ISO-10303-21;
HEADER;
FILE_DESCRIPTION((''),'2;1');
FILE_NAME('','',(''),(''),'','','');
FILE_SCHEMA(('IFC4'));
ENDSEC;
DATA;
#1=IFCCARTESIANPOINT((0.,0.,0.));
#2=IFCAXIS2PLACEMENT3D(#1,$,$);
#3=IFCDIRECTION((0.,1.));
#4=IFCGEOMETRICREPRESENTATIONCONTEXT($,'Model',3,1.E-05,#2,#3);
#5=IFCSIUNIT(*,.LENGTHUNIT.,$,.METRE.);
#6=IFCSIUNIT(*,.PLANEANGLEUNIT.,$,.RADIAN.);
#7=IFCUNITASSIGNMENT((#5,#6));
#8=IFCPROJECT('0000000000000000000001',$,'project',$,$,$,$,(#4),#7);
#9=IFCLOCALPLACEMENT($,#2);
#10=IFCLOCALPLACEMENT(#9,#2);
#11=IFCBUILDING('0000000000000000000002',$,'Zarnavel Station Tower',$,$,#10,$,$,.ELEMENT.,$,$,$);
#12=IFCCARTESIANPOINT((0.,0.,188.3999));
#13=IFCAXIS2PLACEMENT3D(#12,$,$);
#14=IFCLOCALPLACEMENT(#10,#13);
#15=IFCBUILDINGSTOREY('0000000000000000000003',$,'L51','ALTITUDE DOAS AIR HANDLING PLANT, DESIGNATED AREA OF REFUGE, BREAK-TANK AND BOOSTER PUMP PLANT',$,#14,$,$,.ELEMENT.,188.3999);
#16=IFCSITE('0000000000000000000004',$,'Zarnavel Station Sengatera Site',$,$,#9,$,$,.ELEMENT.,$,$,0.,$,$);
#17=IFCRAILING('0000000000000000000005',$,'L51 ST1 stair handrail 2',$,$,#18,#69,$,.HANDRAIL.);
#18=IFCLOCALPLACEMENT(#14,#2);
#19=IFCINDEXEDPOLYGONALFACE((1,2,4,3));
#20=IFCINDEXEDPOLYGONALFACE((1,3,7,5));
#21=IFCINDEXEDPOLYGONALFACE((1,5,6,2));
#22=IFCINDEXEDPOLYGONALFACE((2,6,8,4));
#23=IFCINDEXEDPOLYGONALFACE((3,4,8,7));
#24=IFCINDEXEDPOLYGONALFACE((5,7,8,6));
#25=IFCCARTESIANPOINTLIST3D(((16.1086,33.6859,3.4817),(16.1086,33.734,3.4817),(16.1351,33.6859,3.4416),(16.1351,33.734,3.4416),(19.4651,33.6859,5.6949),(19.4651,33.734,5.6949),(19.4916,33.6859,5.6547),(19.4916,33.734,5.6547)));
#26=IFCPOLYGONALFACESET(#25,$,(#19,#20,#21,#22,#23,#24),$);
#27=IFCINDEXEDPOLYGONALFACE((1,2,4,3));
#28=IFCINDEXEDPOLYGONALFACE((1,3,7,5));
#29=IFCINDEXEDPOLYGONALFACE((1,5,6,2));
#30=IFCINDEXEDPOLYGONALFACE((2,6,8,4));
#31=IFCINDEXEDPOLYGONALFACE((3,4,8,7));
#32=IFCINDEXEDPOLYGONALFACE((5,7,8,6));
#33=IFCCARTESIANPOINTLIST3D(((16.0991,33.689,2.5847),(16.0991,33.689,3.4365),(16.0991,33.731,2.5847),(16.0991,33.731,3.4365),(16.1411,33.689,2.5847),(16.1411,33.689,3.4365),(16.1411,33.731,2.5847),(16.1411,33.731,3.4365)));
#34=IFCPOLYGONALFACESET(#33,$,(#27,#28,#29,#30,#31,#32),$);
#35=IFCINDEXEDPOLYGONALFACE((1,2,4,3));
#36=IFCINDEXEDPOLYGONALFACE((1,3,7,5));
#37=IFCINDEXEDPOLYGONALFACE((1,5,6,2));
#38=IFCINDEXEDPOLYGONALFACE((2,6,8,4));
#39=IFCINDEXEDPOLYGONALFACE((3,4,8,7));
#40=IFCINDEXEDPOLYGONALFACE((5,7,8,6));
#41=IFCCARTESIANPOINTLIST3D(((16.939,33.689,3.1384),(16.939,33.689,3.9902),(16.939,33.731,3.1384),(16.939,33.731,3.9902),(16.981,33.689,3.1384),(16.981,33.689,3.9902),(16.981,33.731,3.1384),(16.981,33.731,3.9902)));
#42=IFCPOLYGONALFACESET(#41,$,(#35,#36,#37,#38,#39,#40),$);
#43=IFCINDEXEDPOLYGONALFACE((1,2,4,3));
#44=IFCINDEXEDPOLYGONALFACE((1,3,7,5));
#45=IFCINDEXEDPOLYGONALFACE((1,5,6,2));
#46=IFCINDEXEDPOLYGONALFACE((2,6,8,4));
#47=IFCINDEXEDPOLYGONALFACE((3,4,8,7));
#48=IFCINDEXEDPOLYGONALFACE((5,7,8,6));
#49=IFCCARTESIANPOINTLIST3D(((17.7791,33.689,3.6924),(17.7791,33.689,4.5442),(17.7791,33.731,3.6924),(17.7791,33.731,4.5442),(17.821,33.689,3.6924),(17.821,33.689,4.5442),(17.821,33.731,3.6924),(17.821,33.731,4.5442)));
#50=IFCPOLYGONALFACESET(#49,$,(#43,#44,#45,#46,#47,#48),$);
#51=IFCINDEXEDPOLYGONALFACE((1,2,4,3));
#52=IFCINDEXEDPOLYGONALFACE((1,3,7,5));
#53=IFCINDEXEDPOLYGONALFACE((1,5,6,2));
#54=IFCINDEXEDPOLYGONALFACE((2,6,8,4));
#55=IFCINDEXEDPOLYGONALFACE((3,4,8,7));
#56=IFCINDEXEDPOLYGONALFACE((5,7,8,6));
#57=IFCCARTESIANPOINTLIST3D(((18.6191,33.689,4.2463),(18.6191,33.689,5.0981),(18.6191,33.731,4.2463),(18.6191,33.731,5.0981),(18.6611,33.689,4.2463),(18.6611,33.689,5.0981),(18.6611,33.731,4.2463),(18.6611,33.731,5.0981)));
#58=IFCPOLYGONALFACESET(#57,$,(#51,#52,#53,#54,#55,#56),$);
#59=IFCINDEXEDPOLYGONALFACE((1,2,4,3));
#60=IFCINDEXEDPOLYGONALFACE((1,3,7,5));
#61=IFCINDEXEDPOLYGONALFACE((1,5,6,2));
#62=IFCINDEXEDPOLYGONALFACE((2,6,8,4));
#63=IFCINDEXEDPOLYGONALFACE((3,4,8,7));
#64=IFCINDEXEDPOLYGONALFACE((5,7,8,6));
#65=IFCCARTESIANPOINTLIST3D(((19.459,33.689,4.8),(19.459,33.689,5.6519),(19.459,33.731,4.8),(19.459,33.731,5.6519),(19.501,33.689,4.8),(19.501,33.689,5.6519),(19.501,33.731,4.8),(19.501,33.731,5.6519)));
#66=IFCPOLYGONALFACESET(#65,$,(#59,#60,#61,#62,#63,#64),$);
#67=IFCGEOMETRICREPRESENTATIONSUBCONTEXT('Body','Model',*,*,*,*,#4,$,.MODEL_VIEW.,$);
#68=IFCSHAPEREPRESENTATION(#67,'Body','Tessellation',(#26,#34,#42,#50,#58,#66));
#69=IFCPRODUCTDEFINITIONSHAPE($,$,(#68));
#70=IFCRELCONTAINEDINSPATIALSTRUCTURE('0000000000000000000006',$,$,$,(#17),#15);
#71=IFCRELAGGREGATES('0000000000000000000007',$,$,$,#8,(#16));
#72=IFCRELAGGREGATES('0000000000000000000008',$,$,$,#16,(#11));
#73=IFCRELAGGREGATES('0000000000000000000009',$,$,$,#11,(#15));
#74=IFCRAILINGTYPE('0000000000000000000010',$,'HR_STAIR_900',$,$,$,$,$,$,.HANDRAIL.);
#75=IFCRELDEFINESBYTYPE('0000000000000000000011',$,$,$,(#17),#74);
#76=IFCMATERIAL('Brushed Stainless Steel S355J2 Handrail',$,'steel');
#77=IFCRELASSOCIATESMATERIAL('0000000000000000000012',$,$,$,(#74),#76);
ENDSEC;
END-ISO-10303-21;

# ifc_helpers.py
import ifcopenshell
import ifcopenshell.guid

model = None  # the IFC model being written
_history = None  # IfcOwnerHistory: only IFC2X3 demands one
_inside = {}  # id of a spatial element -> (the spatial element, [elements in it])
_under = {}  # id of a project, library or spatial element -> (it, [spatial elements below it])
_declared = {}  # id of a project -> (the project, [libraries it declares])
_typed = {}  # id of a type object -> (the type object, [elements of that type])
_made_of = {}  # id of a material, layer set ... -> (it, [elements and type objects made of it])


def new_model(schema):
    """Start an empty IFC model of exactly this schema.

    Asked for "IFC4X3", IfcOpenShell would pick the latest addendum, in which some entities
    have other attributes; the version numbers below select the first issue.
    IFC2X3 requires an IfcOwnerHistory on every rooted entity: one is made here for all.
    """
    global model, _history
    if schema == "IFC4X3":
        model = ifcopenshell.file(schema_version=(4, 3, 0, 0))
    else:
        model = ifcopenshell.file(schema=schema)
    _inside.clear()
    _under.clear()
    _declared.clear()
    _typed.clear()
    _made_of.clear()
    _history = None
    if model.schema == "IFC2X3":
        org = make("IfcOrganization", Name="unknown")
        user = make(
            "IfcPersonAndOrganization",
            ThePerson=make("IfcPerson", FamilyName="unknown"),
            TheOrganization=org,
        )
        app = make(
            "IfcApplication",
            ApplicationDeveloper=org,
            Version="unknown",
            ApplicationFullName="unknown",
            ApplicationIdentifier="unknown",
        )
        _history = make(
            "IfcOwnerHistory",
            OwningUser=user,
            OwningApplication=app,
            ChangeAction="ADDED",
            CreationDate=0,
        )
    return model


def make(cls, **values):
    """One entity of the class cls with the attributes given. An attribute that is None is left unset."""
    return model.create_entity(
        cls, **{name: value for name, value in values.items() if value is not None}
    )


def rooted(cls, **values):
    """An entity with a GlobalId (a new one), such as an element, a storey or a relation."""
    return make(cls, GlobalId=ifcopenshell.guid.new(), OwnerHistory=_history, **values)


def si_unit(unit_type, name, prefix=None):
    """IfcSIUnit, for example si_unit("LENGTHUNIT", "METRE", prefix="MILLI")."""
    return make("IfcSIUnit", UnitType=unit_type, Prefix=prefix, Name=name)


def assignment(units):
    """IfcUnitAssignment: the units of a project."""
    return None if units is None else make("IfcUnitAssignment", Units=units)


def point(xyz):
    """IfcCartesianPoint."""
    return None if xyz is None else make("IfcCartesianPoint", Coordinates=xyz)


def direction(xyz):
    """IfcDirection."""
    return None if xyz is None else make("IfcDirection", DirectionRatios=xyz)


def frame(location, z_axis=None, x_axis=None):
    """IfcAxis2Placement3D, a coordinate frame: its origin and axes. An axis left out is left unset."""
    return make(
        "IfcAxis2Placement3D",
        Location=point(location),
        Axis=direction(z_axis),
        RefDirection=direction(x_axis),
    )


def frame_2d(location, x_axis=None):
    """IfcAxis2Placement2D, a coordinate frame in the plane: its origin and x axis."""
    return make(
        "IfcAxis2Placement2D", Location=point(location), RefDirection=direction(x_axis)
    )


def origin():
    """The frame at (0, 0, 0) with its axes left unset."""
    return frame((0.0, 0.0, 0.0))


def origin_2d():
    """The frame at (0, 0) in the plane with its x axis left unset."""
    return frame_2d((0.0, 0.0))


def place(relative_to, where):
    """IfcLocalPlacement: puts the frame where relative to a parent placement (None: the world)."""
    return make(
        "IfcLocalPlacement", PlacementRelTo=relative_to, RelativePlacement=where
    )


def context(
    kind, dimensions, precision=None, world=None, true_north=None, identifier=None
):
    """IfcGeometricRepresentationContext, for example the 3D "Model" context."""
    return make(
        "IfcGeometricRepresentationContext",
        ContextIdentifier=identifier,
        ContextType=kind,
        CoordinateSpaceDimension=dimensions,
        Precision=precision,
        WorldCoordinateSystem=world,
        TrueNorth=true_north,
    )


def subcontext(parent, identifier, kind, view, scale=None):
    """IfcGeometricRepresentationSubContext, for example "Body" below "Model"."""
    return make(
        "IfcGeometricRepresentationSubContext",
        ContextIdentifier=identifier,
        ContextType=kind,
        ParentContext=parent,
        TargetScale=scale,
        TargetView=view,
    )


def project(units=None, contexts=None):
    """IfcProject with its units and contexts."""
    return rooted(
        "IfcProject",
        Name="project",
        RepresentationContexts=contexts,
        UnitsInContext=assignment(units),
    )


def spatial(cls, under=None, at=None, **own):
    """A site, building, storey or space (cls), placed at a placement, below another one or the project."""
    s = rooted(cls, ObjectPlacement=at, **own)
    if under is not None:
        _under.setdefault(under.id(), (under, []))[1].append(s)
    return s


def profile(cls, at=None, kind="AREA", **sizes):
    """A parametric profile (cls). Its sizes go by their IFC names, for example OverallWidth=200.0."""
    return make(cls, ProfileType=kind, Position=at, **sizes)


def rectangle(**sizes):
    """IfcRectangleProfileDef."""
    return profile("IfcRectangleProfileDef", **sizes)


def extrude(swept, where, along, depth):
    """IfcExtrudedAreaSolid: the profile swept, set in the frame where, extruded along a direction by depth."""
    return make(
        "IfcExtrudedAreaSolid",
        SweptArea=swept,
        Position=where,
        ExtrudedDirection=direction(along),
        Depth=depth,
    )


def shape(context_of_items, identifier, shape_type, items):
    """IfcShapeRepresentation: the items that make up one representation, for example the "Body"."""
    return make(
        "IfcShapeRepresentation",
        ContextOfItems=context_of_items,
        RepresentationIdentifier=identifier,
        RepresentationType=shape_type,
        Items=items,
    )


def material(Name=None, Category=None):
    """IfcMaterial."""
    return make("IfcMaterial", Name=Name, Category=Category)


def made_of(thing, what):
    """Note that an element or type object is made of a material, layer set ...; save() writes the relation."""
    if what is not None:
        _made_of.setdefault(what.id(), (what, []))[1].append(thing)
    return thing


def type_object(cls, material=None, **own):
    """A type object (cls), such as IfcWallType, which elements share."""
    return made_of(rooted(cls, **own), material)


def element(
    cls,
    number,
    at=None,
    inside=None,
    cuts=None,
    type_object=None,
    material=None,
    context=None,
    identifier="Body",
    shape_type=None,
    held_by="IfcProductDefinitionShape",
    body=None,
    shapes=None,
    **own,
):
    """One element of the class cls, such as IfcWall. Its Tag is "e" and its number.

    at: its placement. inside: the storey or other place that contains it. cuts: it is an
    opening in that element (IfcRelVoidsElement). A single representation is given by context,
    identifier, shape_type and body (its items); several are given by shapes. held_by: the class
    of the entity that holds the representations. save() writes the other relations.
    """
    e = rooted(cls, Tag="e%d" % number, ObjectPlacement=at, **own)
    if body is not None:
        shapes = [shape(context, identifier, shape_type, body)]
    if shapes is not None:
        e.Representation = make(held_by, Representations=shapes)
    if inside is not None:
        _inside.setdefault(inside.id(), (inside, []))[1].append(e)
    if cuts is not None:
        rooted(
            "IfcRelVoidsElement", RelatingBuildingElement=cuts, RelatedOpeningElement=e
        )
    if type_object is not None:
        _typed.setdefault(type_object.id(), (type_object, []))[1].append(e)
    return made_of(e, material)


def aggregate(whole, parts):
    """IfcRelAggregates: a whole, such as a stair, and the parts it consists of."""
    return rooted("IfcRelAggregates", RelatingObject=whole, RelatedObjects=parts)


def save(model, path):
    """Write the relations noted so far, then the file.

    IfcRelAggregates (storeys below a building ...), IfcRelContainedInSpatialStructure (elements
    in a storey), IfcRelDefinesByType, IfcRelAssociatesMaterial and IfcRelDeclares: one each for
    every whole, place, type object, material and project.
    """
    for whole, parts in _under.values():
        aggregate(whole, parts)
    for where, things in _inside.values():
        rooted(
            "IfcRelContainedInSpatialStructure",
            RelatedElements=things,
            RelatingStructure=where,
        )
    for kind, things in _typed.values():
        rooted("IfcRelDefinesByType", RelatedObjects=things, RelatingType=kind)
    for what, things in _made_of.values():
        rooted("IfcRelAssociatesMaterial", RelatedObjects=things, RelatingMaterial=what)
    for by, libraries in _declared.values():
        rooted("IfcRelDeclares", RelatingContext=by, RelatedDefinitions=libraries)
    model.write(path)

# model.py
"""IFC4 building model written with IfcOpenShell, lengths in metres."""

from ifc_helpers import new_model, si_unit, direction, frame, origin, origin_2d, place, context, subcontext, project, spatial, rectangle, extrude, material, type_object, element, save


model = new_model("IFC4")

# Units and contexts
model_context = context("Model", 3, precision=1e-05, world=origin(), true_north=direction((0.0, 1.0)))
body_context = subcontext(model_context, "Body", "Model", "MODEL_VIEW")
ifc_project = project(units=[si_unit("LENGTHUNIT", "METRE"), si_unit("PLANEANGLEUNIT", "RADIAN")], contexts=[model_context])

# Site, building, storey
site_placement = place(None, origin())
site = spatial("IfcSite", under=ifc_project, at=site_placement, Name="Zarnavel Station Sengatera Site", CompositionType="ELEMENT", RefElevation=0.0)
building_placement = place(site_placement, origin())
building = spatial("IfcBuilding", under=site, at=building_placement, Name="Zarnavel Station Tower", CompositionType="ELEMENT")
storey_placement = place(building_placement, frame((0.0, 0.0, 188.3999)))
storey = spatial("IfcBuildingStorey", under=building, at=storey_placement, Name="L51", Description="ALTITUDE DOAS AIR HANDLING PLANT, DESIGNATED AREA OF REFUGE, BREAK-TANK AND BOOSTER PUMP PLANT", CompositionType="ELEMENT", Elevation=188.3999)

# Railing
ifc_material_1 = material(Name="Brushed Stainless Steel S355J2 Handrail", Category="steel")
railing_type_1 = type_object("IfcRailingType", Name="HR_STAIR_900", PredefinedType="HANDRAIL", material=ifc_material_1)
railing_1_placement = place(storey_placement, frame((16.1201, 33.71, 2.5847)))
element("IfcRailing", 1, at=railing_1_placement, inside=storey, type_object=railing_type_1, Name="L51 ST1 stair handrail 2", PredefinedType="HANDRAIL", context=body_context, shape_type="SweptSolid", body=[
    extrude(rectangle(XDim=0.0481, YDim=0.0481, at=origin_2d()), frame((0.0017, 0.0, 0.877), z_axis=(0.834858, 0.0, 0.550465), x_axis=(0.0, 1.0, 0.0)), (0.0, 0.0, 1.0), 4.0205),
    extrude(rectangle(XDim=0.042, YDim=0.042, at=origin_2d()), origin(), (0.0, 0.0, 1.0), 0.8518),
    extrude(rectangle(XDim=0.042, YDim=0.042, at=origin_2d()), frame((0.8398, 0.0, 0.5537)), (0.0, 0.0, 1.0), 0.8518),
    extrude(rectangle(XDim=0.042, YDim=0.042, at=origin_2d()), frame((1.6799, 0.0, 1.1077)), (0.0, 0.0, 1.0), 0.8518),
    extrude(rectangle(XDim=0.042, YDim=0.042, at=origin_2d()), frame((2.52, 0.0, 1.6616)), (0.0, 0.0, 1.0), 0.8518),
    extrude(rectangle(XDim=0.042, YDim=0.042, at=origin_2d()), frame((3.3599, 0.0, 2.2153)), (0.0, 0.0, 1.0), 0.8518),
])

save(model, "model.ifc")
